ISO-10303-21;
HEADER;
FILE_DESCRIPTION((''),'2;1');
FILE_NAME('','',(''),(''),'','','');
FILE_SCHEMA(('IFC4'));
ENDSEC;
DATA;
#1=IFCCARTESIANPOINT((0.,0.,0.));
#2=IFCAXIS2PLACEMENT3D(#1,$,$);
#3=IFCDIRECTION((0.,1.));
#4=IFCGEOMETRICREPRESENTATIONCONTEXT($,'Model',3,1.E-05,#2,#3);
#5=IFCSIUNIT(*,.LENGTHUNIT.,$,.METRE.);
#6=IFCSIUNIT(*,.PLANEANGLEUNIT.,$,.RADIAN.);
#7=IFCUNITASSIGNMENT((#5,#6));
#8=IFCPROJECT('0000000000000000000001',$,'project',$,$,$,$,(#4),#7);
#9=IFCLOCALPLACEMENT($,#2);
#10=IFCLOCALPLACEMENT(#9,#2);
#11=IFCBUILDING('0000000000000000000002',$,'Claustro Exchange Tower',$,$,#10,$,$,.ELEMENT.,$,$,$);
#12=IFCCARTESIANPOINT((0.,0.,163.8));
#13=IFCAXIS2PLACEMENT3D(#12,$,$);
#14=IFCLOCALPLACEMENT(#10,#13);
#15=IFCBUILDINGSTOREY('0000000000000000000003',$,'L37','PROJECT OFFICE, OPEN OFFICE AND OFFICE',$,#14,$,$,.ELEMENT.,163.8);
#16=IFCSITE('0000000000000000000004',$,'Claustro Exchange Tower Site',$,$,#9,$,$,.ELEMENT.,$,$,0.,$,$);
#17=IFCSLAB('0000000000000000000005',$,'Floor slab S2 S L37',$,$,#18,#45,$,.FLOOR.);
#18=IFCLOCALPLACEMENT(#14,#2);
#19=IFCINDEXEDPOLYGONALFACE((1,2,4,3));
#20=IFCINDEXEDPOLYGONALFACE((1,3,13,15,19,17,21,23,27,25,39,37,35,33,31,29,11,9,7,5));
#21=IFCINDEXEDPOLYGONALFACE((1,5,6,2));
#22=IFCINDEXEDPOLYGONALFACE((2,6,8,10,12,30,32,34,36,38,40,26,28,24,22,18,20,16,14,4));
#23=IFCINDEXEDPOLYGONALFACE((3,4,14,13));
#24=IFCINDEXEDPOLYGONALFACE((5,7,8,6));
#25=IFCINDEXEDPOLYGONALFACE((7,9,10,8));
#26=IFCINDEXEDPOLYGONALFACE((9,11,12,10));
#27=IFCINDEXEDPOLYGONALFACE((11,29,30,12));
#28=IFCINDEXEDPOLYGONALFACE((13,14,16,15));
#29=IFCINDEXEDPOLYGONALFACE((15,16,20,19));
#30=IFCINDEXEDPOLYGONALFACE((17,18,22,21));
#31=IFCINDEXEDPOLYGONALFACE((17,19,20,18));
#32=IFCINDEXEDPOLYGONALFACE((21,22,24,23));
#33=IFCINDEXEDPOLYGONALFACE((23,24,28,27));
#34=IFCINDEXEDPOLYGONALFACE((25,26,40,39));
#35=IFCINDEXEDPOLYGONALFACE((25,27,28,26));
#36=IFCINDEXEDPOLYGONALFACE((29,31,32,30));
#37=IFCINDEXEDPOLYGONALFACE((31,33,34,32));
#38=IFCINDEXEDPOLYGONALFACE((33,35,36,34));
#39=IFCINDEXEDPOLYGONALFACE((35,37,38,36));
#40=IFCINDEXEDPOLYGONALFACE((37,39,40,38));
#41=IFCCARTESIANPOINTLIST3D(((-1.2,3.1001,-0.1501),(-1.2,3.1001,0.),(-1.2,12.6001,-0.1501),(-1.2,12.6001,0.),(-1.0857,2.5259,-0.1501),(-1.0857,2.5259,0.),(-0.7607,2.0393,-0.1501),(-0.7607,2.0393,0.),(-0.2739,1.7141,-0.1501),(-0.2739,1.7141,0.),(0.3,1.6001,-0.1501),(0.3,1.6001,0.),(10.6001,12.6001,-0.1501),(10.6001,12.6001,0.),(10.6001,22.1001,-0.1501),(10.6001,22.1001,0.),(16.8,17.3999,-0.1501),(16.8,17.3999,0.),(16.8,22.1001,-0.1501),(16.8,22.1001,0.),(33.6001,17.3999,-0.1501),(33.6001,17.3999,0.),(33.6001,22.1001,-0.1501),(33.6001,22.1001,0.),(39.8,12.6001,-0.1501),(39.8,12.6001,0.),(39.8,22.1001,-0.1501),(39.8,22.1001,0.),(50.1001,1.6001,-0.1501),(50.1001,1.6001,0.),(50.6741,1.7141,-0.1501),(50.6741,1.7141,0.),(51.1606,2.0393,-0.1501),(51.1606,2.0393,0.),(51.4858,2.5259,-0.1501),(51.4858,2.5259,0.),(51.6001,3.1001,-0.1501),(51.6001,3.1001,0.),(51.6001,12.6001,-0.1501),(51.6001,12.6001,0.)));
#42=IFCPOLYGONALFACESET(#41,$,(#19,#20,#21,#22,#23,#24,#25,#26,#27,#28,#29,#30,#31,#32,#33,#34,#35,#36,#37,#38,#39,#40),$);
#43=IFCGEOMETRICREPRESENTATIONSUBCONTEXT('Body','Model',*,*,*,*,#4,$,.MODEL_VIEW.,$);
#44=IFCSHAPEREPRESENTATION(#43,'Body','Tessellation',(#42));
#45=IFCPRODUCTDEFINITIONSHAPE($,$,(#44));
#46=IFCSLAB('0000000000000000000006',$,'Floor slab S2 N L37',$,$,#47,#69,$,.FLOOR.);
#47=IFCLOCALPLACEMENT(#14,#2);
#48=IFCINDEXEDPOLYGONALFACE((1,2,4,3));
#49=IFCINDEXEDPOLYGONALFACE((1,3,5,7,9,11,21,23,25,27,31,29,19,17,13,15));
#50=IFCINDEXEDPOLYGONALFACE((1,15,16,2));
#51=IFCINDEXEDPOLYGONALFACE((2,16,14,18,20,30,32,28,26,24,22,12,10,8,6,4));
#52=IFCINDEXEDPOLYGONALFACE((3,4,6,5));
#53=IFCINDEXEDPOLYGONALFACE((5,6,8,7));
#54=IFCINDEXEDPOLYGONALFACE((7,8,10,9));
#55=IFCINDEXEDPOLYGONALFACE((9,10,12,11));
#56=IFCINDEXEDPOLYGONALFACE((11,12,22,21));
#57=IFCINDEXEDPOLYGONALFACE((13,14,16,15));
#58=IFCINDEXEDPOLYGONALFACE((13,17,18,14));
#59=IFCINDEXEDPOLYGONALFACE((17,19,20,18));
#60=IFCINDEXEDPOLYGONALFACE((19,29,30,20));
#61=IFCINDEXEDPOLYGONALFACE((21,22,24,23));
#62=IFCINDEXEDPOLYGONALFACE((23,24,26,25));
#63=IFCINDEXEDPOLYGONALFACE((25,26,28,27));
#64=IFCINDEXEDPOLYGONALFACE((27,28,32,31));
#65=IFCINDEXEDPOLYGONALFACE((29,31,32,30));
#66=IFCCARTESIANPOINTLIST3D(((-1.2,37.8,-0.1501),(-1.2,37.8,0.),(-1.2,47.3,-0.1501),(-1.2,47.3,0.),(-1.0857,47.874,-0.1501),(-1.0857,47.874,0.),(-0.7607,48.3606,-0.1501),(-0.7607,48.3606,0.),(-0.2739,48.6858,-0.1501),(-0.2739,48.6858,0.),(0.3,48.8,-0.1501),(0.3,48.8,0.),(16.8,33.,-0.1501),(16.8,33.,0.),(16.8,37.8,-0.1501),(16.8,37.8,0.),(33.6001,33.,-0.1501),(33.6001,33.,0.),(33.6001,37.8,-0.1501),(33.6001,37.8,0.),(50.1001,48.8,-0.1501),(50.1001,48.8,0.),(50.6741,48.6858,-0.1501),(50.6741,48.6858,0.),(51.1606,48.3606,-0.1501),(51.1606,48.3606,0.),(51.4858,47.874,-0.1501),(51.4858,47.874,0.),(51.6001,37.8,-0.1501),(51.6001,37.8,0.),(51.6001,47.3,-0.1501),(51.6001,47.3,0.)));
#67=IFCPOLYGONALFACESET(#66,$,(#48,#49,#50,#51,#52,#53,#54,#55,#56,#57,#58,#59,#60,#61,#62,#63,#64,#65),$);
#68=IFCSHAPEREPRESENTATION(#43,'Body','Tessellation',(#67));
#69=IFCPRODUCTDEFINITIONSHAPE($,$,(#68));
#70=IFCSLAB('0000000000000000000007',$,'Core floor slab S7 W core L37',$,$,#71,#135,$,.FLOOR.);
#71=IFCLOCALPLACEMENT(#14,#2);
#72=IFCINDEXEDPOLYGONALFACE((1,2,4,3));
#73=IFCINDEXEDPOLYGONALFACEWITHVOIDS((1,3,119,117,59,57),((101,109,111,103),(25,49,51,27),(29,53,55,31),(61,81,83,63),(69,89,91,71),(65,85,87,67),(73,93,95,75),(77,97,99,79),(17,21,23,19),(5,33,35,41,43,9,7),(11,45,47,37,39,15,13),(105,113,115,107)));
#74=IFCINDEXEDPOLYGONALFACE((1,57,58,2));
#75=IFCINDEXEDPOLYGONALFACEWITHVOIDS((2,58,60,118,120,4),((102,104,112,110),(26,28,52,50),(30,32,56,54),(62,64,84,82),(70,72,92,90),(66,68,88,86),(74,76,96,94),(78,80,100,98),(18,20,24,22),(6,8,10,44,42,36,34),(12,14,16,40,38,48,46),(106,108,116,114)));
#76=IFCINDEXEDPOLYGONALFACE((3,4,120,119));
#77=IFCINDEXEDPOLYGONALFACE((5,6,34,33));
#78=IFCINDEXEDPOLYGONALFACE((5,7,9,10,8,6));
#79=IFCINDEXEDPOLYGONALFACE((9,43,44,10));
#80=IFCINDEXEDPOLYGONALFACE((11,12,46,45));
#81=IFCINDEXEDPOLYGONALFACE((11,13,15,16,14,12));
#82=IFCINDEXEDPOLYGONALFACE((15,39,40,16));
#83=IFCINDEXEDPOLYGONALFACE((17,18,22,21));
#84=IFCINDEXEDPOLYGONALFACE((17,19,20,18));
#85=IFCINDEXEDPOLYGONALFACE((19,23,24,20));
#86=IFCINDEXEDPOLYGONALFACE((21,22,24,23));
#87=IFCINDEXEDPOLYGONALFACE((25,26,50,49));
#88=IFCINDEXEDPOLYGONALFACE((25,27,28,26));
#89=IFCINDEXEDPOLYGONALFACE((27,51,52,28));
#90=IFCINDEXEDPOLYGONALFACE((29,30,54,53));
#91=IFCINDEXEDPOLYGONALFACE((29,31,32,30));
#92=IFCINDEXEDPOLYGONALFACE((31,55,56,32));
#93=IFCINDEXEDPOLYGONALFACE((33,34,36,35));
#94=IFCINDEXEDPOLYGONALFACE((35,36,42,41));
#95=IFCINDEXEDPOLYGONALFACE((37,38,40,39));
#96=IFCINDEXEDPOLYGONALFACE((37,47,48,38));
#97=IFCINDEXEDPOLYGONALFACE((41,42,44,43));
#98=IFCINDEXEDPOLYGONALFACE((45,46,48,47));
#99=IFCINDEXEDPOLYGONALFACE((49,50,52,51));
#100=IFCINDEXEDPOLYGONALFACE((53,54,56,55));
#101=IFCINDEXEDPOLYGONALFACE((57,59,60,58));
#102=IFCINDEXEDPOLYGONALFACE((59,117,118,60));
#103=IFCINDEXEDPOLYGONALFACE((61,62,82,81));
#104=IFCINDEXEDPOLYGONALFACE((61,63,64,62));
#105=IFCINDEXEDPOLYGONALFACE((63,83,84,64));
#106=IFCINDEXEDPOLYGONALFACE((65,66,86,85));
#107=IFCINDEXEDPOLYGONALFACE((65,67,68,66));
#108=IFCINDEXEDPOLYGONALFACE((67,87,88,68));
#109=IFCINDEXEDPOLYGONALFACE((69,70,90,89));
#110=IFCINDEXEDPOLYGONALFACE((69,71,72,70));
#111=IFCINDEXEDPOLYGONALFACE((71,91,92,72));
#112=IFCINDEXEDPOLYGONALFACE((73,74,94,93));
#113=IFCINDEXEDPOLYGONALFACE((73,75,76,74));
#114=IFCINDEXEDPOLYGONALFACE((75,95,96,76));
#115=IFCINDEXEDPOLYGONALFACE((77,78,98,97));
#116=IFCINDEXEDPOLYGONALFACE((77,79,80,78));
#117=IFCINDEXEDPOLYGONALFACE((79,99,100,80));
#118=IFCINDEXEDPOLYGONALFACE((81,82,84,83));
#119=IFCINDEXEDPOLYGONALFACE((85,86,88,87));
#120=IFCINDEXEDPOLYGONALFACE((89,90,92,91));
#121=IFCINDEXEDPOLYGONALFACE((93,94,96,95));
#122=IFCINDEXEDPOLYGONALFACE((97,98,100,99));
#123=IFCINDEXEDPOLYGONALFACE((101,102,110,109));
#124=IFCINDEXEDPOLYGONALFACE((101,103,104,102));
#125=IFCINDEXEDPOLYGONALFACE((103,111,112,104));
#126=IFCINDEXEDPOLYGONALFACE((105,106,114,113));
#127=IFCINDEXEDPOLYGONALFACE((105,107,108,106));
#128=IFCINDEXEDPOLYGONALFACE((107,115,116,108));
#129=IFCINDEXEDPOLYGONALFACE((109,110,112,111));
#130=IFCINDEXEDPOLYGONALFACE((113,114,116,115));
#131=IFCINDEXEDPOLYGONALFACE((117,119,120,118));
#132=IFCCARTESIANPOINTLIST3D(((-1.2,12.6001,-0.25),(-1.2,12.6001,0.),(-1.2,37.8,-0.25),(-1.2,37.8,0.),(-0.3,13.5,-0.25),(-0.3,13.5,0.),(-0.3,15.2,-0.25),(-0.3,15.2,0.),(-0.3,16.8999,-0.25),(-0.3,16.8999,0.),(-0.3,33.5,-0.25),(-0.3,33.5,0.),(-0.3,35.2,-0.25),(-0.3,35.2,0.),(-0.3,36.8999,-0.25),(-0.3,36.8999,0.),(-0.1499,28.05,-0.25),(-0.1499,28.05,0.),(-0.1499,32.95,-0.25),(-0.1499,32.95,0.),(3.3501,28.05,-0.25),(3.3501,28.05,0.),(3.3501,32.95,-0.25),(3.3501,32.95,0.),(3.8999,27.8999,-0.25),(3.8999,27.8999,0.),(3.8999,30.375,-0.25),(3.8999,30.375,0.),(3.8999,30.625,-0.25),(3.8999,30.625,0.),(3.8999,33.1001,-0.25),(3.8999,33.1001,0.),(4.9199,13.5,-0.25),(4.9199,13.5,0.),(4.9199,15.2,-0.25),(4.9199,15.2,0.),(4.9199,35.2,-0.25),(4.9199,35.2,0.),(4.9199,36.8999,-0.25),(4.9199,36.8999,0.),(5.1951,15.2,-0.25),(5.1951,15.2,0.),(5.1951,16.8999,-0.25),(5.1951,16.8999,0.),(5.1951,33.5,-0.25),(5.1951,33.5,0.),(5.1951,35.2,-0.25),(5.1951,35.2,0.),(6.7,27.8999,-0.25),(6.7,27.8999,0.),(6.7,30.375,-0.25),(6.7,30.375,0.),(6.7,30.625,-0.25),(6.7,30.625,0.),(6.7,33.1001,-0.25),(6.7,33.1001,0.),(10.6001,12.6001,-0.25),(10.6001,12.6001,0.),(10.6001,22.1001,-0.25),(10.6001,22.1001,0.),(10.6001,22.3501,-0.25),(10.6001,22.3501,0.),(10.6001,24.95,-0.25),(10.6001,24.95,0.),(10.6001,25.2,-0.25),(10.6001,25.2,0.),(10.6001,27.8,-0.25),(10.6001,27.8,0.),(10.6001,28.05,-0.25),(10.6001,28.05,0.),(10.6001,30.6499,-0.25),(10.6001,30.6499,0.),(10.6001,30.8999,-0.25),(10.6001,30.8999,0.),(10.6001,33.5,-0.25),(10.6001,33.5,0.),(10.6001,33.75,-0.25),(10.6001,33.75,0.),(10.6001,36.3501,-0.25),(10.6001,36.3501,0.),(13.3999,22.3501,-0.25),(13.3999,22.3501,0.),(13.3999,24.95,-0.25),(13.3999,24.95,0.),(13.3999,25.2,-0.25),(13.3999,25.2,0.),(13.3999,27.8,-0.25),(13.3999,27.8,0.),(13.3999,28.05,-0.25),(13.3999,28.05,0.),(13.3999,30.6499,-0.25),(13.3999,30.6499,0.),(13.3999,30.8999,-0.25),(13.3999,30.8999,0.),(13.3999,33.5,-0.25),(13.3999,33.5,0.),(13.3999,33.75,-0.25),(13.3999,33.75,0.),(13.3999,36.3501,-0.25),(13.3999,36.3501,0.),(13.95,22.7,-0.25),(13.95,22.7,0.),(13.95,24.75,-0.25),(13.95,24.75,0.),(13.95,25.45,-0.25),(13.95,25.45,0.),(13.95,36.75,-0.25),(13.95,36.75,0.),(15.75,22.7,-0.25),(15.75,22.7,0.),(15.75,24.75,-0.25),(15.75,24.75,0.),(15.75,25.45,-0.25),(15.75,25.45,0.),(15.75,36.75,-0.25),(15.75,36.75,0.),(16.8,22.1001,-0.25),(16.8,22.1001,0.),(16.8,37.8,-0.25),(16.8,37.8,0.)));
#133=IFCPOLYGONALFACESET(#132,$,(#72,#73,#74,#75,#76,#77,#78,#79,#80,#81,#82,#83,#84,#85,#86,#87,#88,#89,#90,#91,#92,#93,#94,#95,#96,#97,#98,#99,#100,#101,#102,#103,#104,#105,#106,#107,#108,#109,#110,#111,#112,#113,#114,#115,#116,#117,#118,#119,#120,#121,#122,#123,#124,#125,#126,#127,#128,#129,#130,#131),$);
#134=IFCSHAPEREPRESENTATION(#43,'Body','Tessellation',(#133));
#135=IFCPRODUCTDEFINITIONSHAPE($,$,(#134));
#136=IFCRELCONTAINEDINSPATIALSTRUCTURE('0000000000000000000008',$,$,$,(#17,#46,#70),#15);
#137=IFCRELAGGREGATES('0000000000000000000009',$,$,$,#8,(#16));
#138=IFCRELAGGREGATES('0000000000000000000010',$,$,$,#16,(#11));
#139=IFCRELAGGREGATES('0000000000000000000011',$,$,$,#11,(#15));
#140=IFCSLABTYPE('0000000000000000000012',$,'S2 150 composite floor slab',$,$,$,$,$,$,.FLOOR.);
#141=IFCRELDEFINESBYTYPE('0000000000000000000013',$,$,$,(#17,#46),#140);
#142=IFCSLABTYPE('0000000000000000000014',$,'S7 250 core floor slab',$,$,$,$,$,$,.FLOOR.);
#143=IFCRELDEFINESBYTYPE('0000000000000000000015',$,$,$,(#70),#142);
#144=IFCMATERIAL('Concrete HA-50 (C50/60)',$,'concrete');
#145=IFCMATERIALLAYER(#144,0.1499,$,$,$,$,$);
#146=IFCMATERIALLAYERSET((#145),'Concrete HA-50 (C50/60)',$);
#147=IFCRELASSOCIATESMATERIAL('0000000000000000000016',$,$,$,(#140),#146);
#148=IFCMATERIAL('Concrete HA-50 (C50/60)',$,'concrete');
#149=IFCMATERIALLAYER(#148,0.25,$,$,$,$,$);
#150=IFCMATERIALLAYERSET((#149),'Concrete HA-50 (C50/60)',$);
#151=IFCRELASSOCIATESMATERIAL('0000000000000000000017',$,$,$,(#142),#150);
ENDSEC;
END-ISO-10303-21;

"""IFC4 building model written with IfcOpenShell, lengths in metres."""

from ifc_helpers import new_model, si_unit, direction, frame, origin, place, context, subcontext, project, spatial, polyline, outline, extrude, material, layer, layer_set, type_object, element, save


model = new_model("IFC4")

# Units and contexts
model_context = context("Model", 3, precision=1e-05, world=origin(), true_north=direction((0.0, 1.0)))
body_context = subcontext(model_context, "Body", "Model", "MODEL_VIEW")
ifc_project = project(units=[si_unit("LENGTHUNIT", "METRE"), si_unit("PLANEANGLEUNIT", "RADIAN")], contexts=[model_context])

# Site, building, storey
site_placement = place(None, origin())
site = spatial("IfcSite", under=ifc_project, at=site_placement, Name="Claustro Exchange Tower Site", CompositionType="ELEMENT", RefElevation=0.0)
building_placement = place(site_placement, origin())
building = spatial("IfcBuilding", under=site, at=building_placement, Name="Claustro Exchange Tower", CompositionType="ELEMENT")
storey_placement = place(building_placement, frame((0.0, 0.0, 163.8)))
storey = spatial("IfcBuildingStorey", under=building, at=storey_placement, Name="L37", Description="PROJECT OFFICE, OPEN OFFICE AND OFFICE", CompositionType="ELEMENT", Elevation=163.8)

# Slabs
ifc_material_1 = material(Name="Concrete HA-50 (C50/60)", Category="concrete")
ifc_layer_1 = layer(ifc_material_1, 0.1499)
ifc_layer_set_1 = layer_set([ifc_layer_1], Name="Concrete HA-50 (C50/60)")
slab_type_1 = type_object("IfcSlabType", Name="S2 150 composite floor slab", PredefinedType="FLOOR", material=ifc_layer_set_1)
slab_1_placement = place(storey_placement, frame((0.0, 0.0, -0.1501)))
element("IfcSlab", 1, at=slab_1_placement, inside=storey, type_object=slab_type_1, Name="Floor slab S2 S L37", PredefinedType="FLOOR", context=body_context, shape_type="SweptSolid", body=[
    extrude(outline(polyline([(-0.2739, 1.7141), (0.3, 1.6001), (50.1001, 1.6001), (50.6741, 1.7141), (51.1606, 2.0393), (51.4858, 2.5259), (51.6001, 3.1001), (51.6001, 12.6001), (39.8, 12.6001), (39.8, 22.1001), (33.6001, 22.1001), (33.6001, 17.3999), (16.8, 17.3999), (16.8, 22.1001), (10.6001, 22.1001), (10.6001, 12.6001), (-1.2, 12.6001), (-1.2, 3.1001), (-1.0857, 2.5259), (-0.7607, 2.0393), (-0.2739, 1.7141)])), origin(), (0.0, 0.0, 1.0), 0.1501),
])
slab_2_placement = place(storey_placement, frame((0.0, 0.0, -0.1501)))
element("IfcSlab", 2, at=slab_2_placement, inside=storey, type_object=slab_type_1, Name="Floor slab S2 N L37", PredefinedType="FLOOR", context=body_context, shape_type="SweptSolid", body=[
    extrude(outline(polyline([(16.8, 37.8), (16.8, 33.0), (33.6001, 33.0), (33.6001, 37.8), (51.6001, 37.8), (51.6001, 47.3), (51.4858, 47.874), (51.1606, 48.3606), (50.6741, 48.6858), (50.1001, 48.8), (0.3, 48.8), (-0.2739, 48.6858), (-0.7607, 48.3606), (-1.0857, 47.874), (-1.2, 47.3), (-1.2, 37.8), (16.8, 37.8)])), origin(), (0.0, 0.0, 1.0), 0.1501),
])
ifc_material_2 = material(Name="Concrete HA-50 (C50/60)", Category="concrete")
ifc_layer_2 = layer(ifc_material_2, 0.25)
ifc_layer_set_2 = layer_set([ifc_layer_2], Name="Concrete HA-50 (C50/60)")
slab_type_2 = type_object("IfcSlabType", Name="S7 250 core floor slab", PredefinedType="FLOOR", material=ifc_layer_set_2)
slab_3_placement = place(storey_placement, frame((0.0, 0.0, -0.25)))
element("IfcSlab", 3, at=slab_3_placement, inside=storey, type_object=slab_type_2, Name="Core floor slab S7 W core L37", PredefinedType="FLOOR", context=body_context, shape_type="SweptSolid", body=[
    extrude(outline(polyline([(-1.2, 37.8), (-1.2, 12.6001), (10.6001, 12.6001), (10.6001, 22.1001), (16.8, 22.1001), (16.8, 37.8), (-1.2, 37.8)]), holes=[polyline([(13.95, 24.75), (15.75, 24.75), (15.75, 22.7), (13.95, 22.7), (13.95, 24.75)]), polyline([(13.95, 36.75), (15.75, 36.75), (15.75, 25.45), (13.95, 25.45), (13.95, 36.75)]), polyline([(13.3999, 24.95), (13.3999, 22.3501), (10.6001, 22.3501), (10.6001, 24.95), (13.3999, 24.95)]), polyline([(13.3999, 27.8), (13.3999, 25.2), (10.6001, 25.2), (10.6001, 27.8), (13.3999, 27.8)]), polyline([(13.3999, 30.6499), (13.3999, 28.05), (10.6001, 28.05), (10.6001, 30.6499), (13.3999, 30.6499)]), polyline([(13.3999, 33.5), (13.3999, 30.8999), (10.6001, 30.8999), (10.6001, 33.5), (13.3999, 33.5)]), polyline([(13.3999, 36.3501), (13.3999, 33.75), (10.6001, 33.75), (10.6001, 36.3501), (13.3999, 36.3501)]), polyline([(6.7, 30.375), (6.7, 27.8999), (3.8999, 27.8999), (3.8999, 30.375), (6.7, 30.375)]), polyline([(6.7, 33.1001), (6.7, 30.625), (3.8999, 30.625), (3.8999, 33.1001), (6.7, 33.1001)]), polyline([(-0.3, 15.2), (-0.3, 16.8999), (5.1951, 16.8999), (5.1951, 15.2), (4.9199, 15.2), (4.9199, 13.5), (-0.3, 13.5), (-0.3, 15.2)]), polyline([(-0.3, 35.2), (-0.3, 36.8999), (4.9199, 36.8999), (4.9199, 35.2), (5.1951, 35.2), (5.1951, 33.5), (-0.3, 33.5), (-0.3, 35.2)]), polyline([(-0.1499, 32.95), (3.3501, 32.95), (3.3501, 28.05), (-0.1499, 28.05), (-0.1499, 32.95)])]), origin(), (0.0, 0.0, 1.0), 0.25),
])

save(model, "model.ifc")
